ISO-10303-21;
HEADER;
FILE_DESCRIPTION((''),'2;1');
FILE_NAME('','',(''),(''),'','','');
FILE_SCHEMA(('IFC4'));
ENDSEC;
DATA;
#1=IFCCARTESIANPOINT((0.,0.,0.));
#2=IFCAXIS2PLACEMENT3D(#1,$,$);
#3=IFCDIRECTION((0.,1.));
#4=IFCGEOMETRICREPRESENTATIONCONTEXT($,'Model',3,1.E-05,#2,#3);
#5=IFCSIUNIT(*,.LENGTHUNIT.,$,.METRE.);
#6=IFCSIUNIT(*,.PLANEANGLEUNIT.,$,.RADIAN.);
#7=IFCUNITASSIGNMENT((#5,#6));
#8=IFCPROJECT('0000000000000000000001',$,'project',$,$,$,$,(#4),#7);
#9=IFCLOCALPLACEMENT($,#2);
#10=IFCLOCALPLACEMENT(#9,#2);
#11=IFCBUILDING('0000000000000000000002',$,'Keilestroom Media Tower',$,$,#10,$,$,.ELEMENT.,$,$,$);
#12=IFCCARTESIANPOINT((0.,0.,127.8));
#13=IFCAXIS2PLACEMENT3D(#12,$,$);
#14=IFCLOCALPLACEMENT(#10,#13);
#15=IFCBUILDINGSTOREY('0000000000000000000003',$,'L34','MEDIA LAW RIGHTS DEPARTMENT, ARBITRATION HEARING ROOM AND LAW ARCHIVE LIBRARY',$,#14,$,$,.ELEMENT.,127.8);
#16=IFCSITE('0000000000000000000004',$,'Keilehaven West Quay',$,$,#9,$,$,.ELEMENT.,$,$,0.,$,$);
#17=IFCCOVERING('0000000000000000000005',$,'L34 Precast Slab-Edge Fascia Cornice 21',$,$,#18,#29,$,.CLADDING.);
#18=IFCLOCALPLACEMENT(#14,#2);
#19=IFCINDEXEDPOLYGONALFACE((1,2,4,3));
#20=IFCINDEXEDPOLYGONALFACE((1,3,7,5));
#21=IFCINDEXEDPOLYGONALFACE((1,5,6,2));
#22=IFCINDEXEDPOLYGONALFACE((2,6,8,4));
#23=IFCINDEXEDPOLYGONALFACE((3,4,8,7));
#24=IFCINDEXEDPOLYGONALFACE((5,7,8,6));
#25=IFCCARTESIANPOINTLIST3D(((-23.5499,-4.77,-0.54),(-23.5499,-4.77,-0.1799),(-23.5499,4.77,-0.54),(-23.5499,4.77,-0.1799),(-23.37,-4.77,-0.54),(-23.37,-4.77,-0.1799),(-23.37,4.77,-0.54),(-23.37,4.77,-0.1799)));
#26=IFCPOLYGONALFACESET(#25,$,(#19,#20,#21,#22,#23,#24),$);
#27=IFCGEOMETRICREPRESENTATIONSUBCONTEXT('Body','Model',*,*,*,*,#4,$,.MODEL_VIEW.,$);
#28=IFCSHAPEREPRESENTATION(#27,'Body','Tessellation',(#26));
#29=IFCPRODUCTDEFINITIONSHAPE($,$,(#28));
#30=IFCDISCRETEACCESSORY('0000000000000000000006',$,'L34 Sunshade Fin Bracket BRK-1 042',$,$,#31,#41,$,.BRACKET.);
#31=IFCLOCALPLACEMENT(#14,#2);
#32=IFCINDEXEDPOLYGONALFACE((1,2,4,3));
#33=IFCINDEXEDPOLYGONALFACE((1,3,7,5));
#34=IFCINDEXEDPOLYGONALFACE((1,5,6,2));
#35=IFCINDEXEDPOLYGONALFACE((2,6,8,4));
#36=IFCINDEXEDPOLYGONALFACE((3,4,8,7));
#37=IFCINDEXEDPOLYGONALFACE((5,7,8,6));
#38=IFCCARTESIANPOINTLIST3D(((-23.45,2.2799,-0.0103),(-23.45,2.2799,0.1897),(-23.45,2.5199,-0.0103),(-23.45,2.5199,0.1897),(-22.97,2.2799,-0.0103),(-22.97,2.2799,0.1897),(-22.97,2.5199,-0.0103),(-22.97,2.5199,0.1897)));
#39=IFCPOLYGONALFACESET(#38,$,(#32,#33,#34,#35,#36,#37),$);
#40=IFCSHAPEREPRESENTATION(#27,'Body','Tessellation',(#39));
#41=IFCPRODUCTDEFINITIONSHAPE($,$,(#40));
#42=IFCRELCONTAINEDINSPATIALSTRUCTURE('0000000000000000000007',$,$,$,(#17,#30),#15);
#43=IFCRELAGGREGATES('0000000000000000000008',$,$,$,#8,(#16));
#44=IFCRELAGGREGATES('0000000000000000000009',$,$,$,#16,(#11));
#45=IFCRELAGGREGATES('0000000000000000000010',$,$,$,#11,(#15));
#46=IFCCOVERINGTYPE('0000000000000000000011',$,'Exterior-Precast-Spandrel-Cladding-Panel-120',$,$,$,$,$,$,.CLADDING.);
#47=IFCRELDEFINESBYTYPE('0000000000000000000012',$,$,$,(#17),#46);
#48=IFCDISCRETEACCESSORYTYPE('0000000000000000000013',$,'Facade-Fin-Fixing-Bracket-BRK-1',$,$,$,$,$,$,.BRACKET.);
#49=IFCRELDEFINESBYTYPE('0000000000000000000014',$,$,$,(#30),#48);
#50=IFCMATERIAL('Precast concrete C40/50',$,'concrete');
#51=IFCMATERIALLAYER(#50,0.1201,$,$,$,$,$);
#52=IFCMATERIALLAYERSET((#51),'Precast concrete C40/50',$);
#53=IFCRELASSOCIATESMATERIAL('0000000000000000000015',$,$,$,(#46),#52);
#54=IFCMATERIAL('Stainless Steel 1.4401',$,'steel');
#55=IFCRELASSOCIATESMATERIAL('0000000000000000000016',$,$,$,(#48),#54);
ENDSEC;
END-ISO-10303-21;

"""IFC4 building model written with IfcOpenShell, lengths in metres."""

from ifc_helpers import new_model, si_unit, direction, frame, origin, origin_2d, place, context, subcontext, project, spatial, rectangle, extrude, source, transform, mapped, material, layer, layer_set, type_object, element, save


model = new_model("IFC4")

# Units and contexts
model_context = context("Model", 3, precision=1e-05, world=origin(), true_north=direction((0.0, 1.0)))
body_context = subcontext(model_context, "Body", "Model", "MODEL_VIEW")
ifc_project = project(units=[si_unit("LENGTHUNIT", "METRE"), si_unit("PLANEANGLEUNIT", "RADIAN")], contexts=[model_context])

# Site, building, storey
site_placement = place(None, origin())
site = spatial("IfcSite", under=ifc_project, at=site_placement, Name="Keilehaven West Quay", CompositionType="ELEMENT", RefElevation=0.0)
building_placement = place(site_placement, origin())
building = spatial("IfcBuilding", under=site, at=building_placement, Name="Keilestroom Media Tower", CompositionType="ELEMENT")
storey_placement = place(building_placement, frame((0.0, 0.0, 127.8)))
storey = spatial("IfcBuildingStorey", under=building, at=storey_placement, Name="L34", Description="MEDIA LAW RIGHTS DEPARTMENT, ARBITRATION HEARING ROOM AND LAW ARCHIVE LIBRARY", CompositionType="ELEMENT", Elevation=127.8)

# Shared definitions
ifc_material_1 = material(Name="Precast concrete C40/50", Category="concrete")

# Covering
ifc_layer_1 = layer(ifc_material_1, 0.1201)
ifc_layer_set_1 = layer_set([ifc_layer_1], Name="Precast concrete C40/50")
covering_type = type_object("IfcCoveringType", Name="Exterior-Precast-Spandrel-Cladding-Panel-120", PredefinedType="CLADDING", material=ifc_layer_set_1)
shared_shape_1 = source(origin(), body_context, "Body", "SweptSolid", [
    extrude(rectangle(XDim=9.54, YDim=0.1799, at=origin_2d()), origin(), (0.0, 0.0, 1.0), 0.3601),
])
covering_placement = place(storey_placement, frame((-23.46, 0.0, -0.54), z_axis=(0.0, 0.0, 1.0), x_axis=(0.0, 1.0, 0.0)))
element("IfcCovering", 1, at=covering_placement, inside=storey, type_object=covering_type, Name="L34 Precast Slab-Edge Fascia Cornice 21", PredefinedType="CLADDING", context=body_context, shape_type="MappedRepresentation", body=[
    mapped(shared_shape_1, transform((0.0, 0.0, 0.0), x_axis=(1.0, 0.0, 0.0), y_axis=(0.0, 1.0, 0.0), z_axis=(0.0, 0.0, 1.0), scale=1.0)),
])

# Discrete accessory
ifc_material_2 = material(Name="Stainless Steel 1.4401", Category="steel")
discrete_accessory_type = type_object("IfcDiscreteAccessoryType", Name="Facade-Fin-Fixing-Bracket-BRK-1", PredefinedType="BRACKET", material=ifc_material_2)
shared_shape_2 = source(origin(), body_context, "Body", "SweptSolid", [
    extrude(rectangle(XDim=0.48, YDim=0.24, at=origin_2d()), origin(), (0.0, 0.0, 1.0), 0.2),
])
discrete_accessory_placement = place(storey_placement, frame((-23.21, 2.3999, -0.0103), z_axis=(0.0, 0.0, 1.0), x_axis=(1.0, 0.0, 0.0)))
element("IfcDiscreteAccessory", 2, at=discrete_accessory_placement, inside=storey, type_object=discrete_accessory_type, Name="L34 Sunshade Fin Bracket BRK-1 042", PredefinedType="BRACKET", context=body_context, shape_type="MappedRepresentation", body=[
    mapped(shared_shape_2, transform((0.0, 0.0, 0.0), x_axis=(1.0, 0.0, 0.0), y_axis=(0.0, 1.0, 0.0), z_axis=(0.0, 0.0, 1.0), scale=1.0)),
])

save(model, "model.ifc")
